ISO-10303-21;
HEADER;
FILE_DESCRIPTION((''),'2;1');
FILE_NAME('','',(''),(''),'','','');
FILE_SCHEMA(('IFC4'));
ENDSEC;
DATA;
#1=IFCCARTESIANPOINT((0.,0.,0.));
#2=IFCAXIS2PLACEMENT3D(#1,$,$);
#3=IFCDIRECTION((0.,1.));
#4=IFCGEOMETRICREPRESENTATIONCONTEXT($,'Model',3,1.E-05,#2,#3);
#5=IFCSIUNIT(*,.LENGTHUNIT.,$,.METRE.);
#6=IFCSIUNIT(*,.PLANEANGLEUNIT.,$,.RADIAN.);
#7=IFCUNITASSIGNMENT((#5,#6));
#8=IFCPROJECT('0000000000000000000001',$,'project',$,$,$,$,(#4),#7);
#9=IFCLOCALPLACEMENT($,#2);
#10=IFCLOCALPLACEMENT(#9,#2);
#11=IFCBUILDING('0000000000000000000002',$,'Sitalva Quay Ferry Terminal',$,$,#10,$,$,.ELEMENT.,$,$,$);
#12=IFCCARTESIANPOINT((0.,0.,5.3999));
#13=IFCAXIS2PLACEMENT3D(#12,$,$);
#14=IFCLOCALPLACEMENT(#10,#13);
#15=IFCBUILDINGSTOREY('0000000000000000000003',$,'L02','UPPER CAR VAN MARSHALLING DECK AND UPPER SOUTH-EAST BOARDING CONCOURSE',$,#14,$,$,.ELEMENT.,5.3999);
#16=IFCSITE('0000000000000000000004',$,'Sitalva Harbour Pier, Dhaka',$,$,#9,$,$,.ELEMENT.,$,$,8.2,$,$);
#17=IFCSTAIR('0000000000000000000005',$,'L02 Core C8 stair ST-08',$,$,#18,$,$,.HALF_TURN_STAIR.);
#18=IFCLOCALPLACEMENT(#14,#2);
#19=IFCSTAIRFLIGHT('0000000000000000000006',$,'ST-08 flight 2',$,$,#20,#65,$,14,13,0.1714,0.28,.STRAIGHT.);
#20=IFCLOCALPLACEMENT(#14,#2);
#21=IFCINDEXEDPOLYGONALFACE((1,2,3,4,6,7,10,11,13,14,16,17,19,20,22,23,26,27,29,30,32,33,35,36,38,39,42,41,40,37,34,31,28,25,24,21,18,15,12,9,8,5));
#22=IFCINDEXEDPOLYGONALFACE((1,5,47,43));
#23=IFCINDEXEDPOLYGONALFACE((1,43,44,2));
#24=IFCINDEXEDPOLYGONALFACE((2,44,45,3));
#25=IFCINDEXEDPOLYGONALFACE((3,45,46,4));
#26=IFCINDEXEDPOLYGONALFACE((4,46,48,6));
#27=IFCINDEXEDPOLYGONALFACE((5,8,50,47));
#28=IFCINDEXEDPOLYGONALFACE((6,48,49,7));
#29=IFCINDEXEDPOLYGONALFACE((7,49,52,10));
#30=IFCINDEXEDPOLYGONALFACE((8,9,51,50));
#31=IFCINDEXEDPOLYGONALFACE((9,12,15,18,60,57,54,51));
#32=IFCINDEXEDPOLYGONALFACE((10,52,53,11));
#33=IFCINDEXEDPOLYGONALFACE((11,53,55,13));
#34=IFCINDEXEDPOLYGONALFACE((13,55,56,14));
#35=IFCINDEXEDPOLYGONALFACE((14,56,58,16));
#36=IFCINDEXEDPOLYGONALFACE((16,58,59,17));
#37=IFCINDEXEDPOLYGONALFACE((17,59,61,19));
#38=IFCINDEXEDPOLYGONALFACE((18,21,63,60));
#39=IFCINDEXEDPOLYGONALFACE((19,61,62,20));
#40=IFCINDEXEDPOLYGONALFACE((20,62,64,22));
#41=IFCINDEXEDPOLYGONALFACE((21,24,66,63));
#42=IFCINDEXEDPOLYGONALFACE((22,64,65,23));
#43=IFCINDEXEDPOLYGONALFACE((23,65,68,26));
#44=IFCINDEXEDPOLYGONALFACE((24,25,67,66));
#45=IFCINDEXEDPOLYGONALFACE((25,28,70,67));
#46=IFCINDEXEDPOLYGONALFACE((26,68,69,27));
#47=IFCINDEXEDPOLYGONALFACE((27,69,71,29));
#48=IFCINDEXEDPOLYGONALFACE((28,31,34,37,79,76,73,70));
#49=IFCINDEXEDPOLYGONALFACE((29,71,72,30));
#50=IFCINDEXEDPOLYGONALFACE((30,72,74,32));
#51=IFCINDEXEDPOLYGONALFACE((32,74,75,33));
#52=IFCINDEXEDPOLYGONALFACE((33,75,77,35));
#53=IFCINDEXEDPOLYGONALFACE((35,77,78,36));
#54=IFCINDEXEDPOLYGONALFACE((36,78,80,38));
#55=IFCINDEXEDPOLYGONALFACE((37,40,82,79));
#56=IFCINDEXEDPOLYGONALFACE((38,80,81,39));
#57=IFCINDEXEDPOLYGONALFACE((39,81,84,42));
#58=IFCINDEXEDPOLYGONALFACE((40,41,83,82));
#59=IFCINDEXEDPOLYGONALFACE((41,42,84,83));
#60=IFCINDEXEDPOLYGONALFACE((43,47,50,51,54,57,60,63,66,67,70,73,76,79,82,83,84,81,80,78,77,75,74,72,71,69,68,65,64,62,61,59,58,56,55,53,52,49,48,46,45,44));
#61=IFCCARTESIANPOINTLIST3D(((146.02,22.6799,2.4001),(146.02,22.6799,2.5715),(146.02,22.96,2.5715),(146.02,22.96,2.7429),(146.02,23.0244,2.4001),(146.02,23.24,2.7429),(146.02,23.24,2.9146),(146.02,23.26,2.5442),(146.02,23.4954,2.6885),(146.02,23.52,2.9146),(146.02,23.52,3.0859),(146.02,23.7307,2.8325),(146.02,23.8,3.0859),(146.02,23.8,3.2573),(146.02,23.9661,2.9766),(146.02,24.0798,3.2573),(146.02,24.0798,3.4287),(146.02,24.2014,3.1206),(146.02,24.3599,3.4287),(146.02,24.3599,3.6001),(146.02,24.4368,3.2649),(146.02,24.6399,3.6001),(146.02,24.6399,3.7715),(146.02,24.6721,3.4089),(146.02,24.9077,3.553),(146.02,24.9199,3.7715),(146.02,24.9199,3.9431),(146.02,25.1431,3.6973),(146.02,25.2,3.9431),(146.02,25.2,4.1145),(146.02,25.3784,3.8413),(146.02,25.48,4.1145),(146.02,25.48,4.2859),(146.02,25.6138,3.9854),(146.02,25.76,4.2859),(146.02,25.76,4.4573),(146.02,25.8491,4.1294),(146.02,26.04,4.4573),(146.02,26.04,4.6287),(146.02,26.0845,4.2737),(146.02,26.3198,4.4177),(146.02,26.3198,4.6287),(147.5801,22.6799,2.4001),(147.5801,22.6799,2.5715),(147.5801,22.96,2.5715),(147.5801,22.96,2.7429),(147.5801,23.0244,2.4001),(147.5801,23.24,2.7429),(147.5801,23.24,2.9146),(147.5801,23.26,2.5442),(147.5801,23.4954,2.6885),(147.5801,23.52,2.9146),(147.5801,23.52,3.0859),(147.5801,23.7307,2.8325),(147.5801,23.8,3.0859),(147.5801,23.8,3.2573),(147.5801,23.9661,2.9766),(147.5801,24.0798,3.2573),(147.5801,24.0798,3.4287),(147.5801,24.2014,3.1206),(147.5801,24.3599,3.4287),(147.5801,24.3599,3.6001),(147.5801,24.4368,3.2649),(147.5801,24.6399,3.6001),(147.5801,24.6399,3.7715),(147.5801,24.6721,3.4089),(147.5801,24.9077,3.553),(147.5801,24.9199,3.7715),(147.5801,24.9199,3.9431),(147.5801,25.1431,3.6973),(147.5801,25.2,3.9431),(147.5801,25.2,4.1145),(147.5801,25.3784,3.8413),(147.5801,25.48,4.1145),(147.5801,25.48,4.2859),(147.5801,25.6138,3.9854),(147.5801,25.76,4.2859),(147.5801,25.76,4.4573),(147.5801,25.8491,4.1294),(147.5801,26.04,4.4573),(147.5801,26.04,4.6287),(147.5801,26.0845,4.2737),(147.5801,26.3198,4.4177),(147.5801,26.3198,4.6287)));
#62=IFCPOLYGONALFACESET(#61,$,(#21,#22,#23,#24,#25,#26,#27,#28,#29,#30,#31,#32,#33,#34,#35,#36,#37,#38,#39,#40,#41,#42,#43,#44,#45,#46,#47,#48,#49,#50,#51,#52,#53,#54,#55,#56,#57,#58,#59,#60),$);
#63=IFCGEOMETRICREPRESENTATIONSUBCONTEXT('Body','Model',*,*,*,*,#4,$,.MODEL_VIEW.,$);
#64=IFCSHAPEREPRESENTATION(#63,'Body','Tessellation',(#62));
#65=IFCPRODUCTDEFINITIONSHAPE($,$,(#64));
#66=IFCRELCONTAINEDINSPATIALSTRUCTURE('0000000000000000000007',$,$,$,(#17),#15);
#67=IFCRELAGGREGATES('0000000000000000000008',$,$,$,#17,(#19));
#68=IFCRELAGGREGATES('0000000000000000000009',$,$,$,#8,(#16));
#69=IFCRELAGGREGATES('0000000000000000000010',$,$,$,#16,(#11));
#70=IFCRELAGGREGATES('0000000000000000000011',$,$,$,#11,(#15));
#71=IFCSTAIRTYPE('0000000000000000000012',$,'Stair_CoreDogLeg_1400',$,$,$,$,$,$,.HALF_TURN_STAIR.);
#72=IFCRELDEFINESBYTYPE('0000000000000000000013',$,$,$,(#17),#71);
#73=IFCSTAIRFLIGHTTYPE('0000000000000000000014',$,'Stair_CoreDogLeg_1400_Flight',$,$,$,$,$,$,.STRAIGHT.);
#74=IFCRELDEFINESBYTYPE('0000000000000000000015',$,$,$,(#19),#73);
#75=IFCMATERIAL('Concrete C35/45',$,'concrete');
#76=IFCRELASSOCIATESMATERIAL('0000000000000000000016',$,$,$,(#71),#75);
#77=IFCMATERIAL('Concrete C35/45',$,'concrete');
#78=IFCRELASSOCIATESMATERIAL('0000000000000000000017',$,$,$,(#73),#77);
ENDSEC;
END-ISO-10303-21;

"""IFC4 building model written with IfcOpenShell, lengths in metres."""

from ifc_helpers import new_model, si_unit, direction, frame, origin, place, context, subcontext, project, spatial, polyline, outline, extrude, material, type_object, element, aggregate, save


model = new_model("IFC4")

# Units and contexts
model_context = context("Model", 3, precision=1e-05, world=origin(), true_north=direction((0.0, 1.0)))
body_context = subcontext(model_context, "Body", "Model", "MODEL_VIEW")
ifc_project = project(units=[si_unit("LENGTHUNIT", "METRE"), si_unit("PLANEANGLEUNIT", "RADIAN")], contexts=[model_context])

# Site, building, storey
site_placement = place(None, origin())
site = spatial("IfcSite", under=ifc_project, at=site_placement, Name="Sitalva Harbour Pier, Dhaka", CompositionType="ELEMENT", RefElevation=8.2)
building_placement = place(site_placement, origin())
building = spatial("IfcBuilding", under=site, at=building_placement, Name="Sitalva Quay Ferry Terminal", CompositionType="ELEMENT")
storey_placement = place(building_placement, frame((0.0, 0.0, 5.3999)))
storey = spatial("IfcBuildingStorey", under=building, at=storey_placement, Name="L02", Description="UPPER CAR VAN MARSHALLING DECK AND UPPER SOUTH-EAST BOARDING CONCOURSE", CompositionType="ELEMENT", Elevation=5.3999)

# Stair, stair flight
ifc_material_1 = material(Name="Concrete C35/45", Category="concrete")
stair_type = type_object("IfcStairType", Name="Stair_CoreDogLeg_1400", PredefinedType="HALF_TURN_STAIR", material=ifc_material_1)
stair_placement = place(storey_placement, origin())
stair = element("IfcStair", 1, at=stair_placement, inside=storey, type_object=stair_type, Name="L02 Core C8 stair ST-08", PredefinedType="HALF_TURN_STAIR")
ifc_material_2 = material(Name="Concrete C35/45", Category="concrete")
stair_flight_type = type_object("IfcStairFlightType", Name="Stair_CoreDogLeg_1400_Flight", PredefinedType="STRAIGHT", material=ifc_material_2)
stair_flight_1_placement = place(storey_placement, frame((146.8, 22.6799, 2.4001), z_axis=(0.0, 0.0, 1.0), x_axis=(0.0, 1.0, 0.0)))
stair_flight_1 = element("IfcStairFlight", 2, at=stair_flight_1_placement, type_object=stair_flight_type, Name="ST-08 flight 2", NumberOfRisers=14, NumberOfTreads=13, PredefinedType="STRAIGHT", RiserHeight=0.1714, TreadLength=0.28, context=body_context, shape_type="SweptSolid", body=[
    extrude(outline(polyline([(0.0, 0.0), (0.0, 0.1714), (0.28, 0.1714), (0.28, 0.3428), (0.5601, 0.3428), (0.5601, 0.5144), (0.8401, 0.5144), (0.8401, 0.6858), (1.1201, 0.6858), (1.1201, 0.8572), (1.3999, 0.8572), (1.3999, 1.0286), (1.6799, 1.0286), (1.6799, 1.2), (1.96, 1.2), (1.96, 1.3713), (2.24, 1.3713), (2.24, 1.543), (2.52, 1.543), (2.52, 1.7144), (2.8, 1.7144), (2.8, 1.8857), (3.0801, 1.8857), (3.0801, 2.0571), (3.3601, 2.0571), (3.3601, 2.2285), (3.6399, 2.2285), (3.6399, 2.3999), (3.6399, 2.0176), (3.4045, 1.8735), (3.1692, 1.7292), (2.9338, 1.5852), (2.6985, 1.4412), (2.4631, 1.2971), (2.2278, 1.1528), (1.9922, 1.0088), (1.7568, 0.8647), (1.5215, 0.7205), (1.2861, 0.5764), (1.0508, 0.4324), (0.8154, 0.2883), (0.5801, 0.144), (0.3445, 0.0), (0.0, 0.0)])), frame((0.0, 0.78, 0.0), z_axis=(0.0, -1.0, 0.0), x_axis=(1.0, 0.0, 0.0)), (0.0, 0.0, 1.0), 1.5601),
])
aggregate(stair, [stair_flight_1])

save(model, "model.ifc")
